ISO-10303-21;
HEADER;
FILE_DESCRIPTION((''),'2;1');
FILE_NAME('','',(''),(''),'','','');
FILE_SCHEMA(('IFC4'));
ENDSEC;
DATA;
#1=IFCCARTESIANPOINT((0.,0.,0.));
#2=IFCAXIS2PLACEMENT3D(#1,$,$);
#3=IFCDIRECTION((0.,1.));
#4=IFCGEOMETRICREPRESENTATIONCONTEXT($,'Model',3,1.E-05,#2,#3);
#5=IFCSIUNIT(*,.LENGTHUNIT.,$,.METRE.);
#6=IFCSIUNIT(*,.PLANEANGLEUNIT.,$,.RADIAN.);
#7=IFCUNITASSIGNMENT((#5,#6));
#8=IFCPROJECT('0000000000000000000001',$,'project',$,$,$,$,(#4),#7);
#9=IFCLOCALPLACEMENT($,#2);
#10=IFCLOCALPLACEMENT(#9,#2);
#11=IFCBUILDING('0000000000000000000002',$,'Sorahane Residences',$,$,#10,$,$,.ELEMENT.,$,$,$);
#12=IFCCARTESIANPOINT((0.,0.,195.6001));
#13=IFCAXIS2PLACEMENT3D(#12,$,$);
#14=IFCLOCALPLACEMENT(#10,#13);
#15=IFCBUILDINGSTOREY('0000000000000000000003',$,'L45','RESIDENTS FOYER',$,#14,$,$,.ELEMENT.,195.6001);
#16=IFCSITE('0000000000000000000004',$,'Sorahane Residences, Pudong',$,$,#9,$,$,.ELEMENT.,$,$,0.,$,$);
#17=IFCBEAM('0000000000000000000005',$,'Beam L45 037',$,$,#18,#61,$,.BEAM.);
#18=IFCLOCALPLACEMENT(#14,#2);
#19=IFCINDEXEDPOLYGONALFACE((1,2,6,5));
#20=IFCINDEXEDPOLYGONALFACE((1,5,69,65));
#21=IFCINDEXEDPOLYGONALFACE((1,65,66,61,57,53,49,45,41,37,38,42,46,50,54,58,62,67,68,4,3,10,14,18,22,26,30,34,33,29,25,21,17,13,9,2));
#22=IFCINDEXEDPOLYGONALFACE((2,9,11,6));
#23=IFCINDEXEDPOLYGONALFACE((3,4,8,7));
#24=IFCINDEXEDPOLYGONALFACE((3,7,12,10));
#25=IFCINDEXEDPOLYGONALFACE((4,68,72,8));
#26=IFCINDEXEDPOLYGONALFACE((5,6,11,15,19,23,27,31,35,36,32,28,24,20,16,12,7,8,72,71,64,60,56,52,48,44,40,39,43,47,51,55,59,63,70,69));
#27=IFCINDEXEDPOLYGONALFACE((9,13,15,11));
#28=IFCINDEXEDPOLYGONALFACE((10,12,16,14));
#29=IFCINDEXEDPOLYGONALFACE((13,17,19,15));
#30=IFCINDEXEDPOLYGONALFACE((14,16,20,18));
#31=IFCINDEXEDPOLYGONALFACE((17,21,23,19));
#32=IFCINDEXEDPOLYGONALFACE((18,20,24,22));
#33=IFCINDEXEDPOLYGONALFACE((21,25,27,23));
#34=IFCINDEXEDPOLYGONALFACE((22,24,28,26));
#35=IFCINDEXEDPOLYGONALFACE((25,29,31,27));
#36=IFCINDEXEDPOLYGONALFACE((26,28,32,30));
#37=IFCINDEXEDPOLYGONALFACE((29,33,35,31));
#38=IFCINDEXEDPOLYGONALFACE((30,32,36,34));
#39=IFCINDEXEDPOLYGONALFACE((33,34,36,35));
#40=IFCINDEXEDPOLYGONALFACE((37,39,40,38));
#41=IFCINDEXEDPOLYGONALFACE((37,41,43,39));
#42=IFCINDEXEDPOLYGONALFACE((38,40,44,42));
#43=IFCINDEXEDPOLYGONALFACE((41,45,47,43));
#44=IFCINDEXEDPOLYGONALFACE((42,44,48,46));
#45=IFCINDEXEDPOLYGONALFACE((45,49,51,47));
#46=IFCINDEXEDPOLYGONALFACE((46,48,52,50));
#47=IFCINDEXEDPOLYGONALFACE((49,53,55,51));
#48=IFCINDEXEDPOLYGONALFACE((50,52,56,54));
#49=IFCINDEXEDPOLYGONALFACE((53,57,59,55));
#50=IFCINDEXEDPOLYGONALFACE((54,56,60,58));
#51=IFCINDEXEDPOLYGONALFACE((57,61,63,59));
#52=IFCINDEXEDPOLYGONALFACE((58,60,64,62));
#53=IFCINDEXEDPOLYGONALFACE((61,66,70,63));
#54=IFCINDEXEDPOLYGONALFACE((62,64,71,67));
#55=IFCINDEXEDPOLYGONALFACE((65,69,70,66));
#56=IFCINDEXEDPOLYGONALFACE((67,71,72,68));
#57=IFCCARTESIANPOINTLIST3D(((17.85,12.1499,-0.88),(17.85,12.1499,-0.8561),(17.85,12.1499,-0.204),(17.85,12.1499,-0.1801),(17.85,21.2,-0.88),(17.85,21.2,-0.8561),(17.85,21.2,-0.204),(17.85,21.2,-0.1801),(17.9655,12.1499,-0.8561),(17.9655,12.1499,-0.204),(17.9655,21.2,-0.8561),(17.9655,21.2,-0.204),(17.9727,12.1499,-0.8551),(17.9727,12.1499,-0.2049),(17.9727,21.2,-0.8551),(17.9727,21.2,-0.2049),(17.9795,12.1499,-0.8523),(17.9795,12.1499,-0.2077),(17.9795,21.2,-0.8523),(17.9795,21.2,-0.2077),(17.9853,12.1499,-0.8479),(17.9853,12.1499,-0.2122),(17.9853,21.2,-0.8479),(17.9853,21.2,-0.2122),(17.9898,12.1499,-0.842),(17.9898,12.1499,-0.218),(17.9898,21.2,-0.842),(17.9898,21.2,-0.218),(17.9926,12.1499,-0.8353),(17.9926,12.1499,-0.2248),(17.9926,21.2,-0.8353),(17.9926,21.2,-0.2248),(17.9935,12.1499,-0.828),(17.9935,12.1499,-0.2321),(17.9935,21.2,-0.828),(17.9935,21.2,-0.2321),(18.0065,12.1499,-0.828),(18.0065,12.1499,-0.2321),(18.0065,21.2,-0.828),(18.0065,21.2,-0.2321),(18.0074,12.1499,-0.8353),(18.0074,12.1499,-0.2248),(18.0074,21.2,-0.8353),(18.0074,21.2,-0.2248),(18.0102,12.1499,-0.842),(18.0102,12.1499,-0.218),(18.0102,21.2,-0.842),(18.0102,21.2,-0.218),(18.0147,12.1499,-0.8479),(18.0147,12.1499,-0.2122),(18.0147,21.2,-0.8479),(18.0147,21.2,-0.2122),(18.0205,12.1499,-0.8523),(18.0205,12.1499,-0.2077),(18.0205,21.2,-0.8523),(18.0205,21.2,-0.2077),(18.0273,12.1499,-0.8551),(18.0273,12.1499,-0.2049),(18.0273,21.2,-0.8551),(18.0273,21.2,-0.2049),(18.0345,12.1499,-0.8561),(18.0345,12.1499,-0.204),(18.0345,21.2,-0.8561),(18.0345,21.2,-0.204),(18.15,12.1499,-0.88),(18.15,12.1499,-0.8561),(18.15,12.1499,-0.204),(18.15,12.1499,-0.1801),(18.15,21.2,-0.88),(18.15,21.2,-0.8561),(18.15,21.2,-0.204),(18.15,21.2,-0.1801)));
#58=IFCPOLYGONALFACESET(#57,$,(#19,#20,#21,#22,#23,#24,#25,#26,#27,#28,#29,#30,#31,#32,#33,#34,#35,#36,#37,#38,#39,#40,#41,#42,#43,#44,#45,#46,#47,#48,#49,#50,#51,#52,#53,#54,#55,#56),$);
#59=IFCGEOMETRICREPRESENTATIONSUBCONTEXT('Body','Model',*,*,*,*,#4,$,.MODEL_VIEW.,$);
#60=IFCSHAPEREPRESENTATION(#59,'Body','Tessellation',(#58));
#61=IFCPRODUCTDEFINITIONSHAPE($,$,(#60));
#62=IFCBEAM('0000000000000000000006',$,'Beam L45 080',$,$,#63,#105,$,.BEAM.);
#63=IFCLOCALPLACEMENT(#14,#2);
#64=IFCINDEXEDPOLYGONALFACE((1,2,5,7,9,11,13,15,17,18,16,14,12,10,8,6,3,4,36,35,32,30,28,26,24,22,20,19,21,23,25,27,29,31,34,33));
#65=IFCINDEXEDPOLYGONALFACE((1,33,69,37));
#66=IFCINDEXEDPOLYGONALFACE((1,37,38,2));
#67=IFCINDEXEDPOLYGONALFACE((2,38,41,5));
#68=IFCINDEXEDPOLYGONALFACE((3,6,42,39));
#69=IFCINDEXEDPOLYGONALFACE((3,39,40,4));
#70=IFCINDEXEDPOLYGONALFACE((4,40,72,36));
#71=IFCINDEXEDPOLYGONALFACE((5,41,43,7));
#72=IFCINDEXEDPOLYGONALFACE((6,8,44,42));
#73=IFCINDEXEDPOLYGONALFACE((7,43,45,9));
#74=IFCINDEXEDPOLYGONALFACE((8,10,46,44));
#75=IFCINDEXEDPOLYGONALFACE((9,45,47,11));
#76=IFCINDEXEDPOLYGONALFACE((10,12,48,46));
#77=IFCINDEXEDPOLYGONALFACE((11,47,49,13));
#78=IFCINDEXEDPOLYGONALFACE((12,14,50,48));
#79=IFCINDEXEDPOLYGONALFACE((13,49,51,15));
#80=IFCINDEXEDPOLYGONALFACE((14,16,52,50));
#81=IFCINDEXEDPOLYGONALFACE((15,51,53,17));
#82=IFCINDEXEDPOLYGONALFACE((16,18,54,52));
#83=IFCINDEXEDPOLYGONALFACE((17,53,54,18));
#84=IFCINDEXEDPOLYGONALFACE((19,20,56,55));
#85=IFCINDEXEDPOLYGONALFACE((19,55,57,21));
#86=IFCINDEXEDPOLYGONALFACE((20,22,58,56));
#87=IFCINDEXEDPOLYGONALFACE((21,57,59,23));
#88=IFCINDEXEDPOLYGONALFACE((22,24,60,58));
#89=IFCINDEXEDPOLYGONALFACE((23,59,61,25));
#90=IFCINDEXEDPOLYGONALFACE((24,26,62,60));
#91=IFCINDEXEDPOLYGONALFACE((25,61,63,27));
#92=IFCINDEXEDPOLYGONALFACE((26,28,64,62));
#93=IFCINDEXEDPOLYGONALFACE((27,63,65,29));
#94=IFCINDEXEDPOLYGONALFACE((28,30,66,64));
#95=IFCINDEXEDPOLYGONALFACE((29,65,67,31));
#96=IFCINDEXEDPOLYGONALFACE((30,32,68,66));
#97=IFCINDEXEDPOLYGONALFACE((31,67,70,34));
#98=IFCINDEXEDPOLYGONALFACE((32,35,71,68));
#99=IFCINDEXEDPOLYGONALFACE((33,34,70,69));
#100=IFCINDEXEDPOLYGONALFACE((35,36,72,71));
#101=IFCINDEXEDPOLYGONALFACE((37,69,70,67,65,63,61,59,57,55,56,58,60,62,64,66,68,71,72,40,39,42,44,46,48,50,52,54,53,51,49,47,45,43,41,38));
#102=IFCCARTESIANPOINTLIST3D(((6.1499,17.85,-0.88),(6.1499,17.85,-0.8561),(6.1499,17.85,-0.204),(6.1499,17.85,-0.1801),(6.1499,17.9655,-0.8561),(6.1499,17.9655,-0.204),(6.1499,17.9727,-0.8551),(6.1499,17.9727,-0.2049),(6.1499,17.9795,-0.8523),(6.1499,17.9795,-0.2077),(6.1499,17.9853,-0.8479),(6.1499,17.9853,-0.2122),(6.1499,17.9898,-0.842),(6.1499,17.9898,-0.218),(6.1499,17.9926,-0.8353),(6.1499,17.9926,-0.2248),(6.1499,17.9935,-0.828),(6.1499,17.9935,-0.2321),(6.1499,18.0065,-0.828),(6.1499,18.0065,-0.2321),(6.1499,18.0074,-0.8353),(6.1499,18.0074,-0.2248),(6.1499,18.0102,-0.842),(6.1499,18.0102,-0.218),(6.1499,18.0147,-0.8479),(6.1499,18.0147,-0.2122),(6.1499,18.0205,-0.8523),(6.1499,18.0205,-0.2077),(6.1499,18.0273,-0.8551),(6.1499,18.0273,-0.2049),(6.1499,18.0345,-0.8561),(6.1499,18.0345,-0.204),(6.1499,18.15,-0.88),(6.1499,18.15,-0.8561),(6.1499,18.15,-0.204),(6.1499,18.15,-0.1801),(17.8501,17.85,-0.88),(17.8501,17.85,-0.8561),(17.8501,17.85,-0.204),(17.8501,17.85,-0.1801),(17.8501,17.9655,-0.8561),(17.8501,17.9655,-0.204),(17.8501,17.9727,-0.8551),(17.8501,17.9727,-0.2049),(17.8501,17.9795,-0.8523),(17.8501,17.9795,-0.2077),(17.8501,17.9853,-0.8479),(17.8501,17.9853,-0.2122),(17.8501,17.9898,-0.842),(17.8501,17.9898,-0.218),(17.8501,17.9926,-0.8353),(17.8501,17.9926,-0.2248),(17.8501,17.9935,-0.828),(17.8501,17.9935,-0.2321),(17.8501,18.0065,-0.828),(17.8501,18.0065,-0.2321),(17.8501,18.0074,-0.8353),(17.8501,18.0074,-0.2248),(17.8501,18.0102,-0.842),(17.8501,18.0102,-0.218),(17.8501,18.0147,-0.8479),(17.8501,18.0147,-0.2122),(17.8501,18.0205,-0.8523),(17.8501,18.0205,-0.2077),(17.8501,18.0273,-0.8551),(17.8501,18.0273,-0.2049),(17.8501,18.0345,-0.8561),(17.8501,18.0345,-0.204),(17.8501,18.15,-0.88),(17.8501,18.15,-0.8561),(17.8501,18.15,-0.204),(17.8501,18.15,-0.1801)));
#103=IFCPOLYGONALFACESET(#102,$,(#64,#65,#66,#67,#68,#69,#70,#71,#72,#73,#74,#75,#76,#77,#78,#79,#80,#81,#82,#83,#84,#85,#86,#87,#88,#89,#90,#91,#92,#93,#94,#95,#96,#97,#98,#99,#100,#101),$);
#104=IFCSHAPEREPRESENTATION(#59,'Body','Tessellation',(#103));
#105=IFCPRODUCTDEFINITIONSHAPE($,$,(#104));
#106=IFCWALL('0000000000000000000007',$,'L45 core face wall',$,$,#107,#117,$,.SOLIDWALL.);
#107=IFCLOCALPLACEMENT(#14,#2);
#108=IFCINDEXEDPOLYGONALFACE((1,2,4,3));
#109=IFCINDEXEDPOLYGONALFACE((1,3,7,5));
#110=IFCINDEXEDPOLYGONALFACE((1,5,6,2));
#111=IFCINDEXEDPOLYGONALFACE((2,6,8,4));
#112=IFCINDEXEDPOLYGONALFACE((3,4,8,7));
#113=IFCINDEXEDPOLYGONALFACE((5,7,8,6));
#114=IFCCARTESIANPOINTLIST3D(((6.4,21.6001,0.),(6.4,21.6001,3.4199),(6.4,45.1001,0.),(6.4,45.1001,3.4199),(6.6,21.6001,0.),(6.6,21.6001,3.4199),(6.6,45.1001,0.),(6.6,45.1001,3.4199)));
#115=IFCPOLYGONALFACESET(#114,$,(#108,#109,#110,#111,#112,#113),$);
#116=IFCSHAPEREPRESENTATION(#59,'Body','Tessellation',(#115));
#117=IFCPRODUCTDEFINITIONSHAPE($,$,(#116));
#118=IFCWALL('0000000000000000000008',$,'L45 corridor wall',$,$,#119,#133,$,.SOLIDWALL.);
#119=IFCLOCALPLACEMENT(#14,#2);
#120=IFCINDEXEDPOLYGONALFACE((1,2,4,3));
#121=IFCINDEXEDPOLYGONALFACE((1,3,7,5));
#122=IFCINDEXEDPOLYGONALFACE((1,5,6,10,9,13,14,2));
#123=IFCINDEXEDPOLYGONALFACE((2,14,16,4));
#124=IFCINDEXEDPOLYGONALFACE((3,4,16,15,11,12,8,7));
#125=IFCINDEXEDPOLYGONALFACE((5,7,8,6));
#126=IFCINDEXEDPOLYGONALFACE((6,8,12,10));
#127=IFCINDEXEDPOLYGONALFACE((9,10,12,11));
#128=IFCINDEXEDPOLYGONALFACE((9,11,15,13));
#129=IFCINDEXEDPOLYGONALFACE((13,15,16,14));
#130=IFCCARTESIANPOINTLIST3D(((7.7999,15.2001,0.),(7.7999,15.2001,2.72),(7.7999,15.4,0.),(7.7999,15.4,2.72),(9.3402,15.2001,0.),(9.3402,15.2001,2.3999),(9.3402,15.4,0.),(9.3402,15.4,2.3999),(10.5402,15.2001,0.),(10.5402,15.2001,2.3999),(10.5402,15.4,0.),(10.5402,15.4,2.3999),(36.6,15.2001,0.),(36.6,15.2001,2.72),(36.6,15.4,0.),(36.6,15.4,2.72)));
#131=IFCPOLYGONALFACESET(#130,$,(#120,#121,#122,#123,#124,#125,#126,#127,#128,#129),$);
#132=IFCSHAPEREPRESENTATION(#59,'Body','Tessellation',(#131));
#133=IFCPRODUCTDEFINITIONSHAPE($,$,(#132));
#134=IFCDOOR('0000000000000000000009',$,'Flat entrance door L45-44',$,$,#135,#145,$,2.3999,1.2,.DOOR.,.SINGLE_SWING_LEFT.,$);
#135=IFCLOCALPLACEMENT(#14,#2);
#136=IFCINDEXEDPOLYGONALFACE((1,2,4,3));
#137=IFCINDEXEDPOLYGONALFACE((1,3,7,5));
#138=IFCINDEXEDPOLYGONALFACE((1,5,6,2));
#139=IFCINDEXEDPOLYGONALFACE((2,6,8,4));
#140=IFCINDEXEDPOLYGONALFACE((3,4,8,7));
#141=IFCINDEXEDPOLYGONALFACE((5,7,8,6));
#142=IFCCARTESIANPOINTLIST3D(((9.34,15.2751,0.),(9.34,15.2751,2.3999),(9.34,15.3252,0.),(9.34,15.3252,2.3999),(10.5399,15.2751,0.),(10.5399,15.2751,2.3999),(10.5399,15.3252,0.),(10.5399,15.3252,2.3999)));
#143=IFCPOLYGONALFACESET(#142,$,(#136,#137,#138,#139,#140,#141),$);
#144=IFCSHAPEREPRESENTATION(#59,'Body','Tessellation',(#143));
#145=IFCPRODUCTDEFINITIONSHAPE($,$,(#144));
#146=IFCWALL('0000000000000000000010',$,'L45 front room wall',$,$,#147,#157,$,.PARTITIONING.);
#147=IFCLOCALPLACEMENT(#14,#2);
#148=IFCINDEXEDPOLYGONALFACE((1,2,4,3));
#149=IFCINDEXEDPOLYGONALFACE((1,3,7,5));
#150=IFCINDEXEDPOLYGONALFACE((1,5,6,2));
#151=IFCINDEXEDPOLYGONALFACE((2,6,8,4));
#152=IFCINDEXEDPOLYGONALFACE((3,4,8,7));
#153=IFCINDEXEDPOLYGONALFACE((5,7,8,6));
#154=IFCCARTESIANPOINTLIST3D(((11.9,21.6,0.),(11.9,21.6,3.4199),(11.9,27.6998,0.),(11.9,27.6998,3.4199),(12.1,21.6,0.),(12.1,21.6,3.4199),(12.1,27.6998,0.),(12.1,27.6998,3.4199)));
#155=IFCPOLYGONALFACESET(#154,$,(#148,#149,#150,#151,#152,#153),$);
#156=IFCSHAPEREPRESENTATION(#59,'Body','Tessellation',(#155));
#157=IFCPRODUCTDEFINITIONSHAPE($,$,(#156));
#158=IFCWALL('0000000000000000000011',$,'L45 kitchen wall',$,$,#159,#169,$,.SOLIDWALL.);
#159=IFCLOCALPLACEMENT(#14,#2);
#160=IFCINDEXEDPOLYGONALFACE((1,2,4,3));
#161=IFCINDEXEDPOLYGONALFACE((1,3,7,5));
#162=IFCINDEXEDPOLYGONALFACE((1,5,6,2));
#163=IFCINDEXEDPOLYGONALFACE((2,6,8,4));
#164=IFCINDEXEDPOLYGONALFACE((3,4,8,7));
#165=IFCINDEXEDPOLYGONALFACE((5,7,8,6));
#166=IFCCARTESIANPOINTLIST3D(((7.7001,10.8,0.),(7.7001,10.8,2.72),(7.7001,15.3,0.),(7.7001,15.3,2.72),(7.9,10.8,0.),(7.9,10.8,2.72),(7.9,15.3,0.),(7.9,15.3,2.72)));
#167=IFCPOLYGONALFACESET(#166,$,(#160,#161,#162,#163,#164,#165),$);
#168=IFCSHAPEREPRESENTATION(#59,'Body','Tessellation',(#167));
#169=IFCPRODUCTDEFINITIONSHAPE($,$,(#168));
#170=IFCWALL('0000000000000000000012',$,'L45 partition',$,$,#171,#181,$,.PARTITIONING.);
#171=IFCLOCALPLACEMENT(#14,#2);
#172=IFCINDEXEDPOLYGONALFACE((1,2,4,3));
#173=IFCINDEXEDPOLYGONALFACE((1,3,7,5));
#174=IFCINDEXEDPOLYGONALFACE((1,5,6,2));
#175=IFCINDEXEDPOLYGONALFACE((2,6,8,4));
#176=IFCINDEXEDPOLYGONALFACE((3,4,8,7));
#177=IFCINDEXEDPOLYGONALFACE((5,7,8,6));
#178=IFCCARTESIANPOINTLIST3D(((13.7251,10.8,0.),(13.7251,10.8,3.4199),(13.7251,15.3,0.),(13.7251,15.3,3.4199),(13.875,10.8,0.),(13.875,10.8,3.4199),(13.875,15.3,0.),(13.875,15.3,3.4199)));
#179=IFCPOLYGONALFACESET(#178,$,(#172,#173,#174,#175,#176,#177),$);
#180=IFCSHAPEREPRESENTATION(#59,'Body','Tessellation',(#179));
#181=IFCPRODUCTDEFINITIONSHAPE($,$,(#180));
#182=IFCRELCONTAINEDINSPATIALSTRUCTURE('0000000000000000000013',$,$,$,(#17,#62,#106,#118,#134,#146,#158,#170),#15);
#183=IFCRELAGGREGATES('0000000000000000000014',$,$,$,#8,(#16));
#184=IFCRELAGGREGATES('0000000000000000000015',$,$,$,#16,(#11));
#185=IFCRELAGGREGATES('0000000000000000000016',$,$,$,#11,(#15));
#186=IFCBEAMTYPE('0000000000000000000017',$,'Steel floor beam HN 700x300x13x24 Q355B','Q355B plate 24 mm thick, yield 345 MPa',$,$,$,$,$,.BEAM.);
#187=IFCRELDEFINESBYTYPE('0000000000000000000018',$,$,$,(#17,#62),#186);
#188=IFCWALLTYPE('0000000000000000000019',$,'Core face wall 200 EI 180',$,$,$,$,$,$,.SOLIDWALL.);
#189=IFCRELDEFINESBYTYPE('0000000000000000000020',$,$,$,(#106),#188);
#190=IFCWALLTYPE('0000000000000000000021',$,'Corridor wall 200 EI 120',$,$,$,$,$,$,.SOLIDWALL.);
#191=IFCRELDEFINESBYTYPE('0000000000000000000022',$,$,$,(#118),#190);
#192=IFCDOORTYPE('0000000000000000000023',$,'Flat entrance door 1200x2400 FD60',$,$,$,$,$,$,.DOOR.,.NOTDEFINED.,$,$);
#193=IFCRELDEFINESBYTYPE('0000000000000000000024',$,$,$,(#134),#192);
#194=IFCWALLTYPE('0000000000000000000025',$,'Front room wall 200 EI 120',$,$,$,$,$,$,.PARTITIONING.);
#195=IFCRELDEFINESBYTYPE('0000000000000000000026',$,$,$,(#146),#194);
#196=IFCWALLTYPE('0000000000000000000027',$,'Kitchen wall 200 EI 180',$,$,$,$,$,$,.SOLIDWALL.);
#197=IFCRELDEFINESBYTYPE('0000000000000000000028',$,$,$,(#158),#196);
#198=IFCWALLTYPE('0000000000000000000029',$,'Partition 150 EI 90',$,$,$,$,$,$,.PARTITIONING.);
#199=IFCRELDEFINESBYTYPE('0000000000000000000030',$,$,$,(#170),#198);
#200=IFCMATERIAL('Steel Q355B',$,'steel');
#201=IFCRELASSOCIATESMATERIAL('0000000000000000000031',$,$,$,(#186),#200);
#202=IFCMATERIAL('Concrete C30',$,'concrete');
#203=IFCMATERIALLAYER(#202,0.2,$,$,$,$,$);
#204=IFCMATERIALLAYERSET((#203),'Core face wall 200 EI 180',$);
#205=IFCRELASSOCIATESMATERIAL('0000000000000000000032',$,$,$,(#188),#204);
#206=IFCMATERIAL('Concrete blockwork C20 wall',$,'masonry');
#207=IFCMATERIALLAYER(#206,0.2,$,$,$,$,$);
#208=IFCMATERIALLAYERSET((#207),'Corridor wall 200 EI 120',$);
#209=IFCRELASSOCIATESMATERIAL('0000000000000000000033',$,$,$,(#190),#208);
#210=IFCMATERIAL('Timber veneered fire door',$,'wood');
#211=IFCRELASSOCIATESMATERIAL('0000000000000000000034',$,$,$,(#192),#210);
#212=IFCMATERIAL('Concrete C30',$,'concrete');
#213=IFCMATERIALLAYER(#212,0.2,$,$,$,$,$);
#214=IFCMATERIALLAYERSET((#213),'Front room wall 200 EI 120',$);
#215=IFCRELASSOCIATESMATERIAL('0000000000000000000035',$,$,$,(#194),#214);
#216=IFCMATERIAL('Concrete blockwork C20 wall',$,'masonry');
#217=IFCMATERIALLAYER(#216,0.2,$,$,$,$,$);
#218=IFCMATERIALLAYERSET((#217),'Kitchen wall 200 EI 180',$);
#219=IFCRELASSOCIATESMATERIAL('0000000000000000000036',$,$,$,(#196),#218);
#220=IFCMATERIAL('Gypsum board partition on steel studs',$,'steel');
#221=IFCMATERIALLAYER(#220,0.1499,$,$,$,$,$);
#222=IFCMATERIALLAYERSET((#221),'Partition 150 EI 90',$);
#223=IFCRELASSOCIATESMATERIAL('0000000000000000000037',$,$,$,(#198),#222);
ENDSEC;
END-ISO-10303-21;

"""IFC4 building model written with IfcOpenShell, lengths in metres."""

from ifc_helpers import new_model, si_unit, direction, frame, frame_2d, origin, origin_2d, place, context, subcontext, project, spatial, rectangle, i_section, extrude, material, layer, layer_set, material_profile, profile_set, type_object, element, fill, save


model = new_model("IFC4")

# Units and contexts
model_context = context("Model", 3, precision=1e-05, world=origin(), true_north=direction((0.0, 1.0)))
body_context = subcontext(model_context, "Body", "Model", "MODEL_VIEW")
ifc_project = project(units=[si_unit("LENGTHUNIT", "METRE"), si_unit("PLANEANGLEUNIT", "RADIAN")], contexts=[model_context])

# Site, building, storey
site_placement = place(None, origin())
site = spatial("IfcSite", under=ifc_project, at=site_placement, Name="Sorahane Residences, Pudong", CompositionType="ELEMENT", RefElevation=0.0)
building_placement = place(site_placement, origin())
building = spatial("IfcBuilding", under=site, at=building_placement, Name="Sorahane Residences", CompositionType="ELEMENT")
storey_placement = place(building_placement, frame((0.0, 0.0, 195.6001)))
storey = spatial("IfcBuildingStorey", under=building, at=storey_placement, Name="L45", Description="RESIDENTS FOYER", CompositionType="ELEMENT", Elevation=195.6001)

# Beams
ifc_material_1 = material(Name="Steel Q355B", Category="steel")
ifc_material_profile_1 = material_profile(ifc_material_1, i_section(OverallWidth=0.3, OverallDepth=0.7, WebThickness=0.0129, FlangeThickness=0.0239, FilletRadius=0.0281, at=origin_2d()), Name="HN 700x300x13x24")
ifc_profile_set_1 = profile_set([ifc_material_profile_1], Name="Steel Q355B")
beam_type_1 = type_object("IfcBeamType", Name="Steel floor beam HN 700x300x13x24 Q355B", Description="Q355B plate 24 mm thick, yield 345 MPa", PredefinedType="BEAM", material=ifc_profile_set_1)
beam_1_placement = place(storey_placement, frame((18.0, 12.1499, -0.53), z_axis=(0.0, 1.0, 0.0), x_axis=(-1.0, 0.0, 0.0)))
element("IfcBeam", 1, at=beam_1_placement, inside=storey, type_object=beam_type_1, Name="Beam L45 037", PredefinedType="BEAM", context=body_context, shape_type="SweptSolid", body=[
    extrude(i_section(OverallWidth=0.3, OverallDepth=0.7, WebThickness=0.0129, FlangeThickness=0.0239, FilletRadius=0.0281, at=origin_2d()), origin(), (0.0, 0.0, 1.0), 9.05),
])
beam_2_placement = place(storey_placement, frame((6.1499, 18.0, -0.53), z_axis=(1.0, 0.0, 0.0), x_axis=(0.0, 1.0, 0.0)))
element("IfcBeam", 2, at=beam_2_placement, inside=storey, type_object=beam_type_1, Name="Beam L45 080", PredefinedType="BEAM", context=body_context, shape_type="SweptSolid", body=[
    extrude(i_section(OverallWidth=0.3, OverallDepth=0.7, WebThickness=0.0129, FlangeThickness=0.0239, FilletRadius=0.0281, at=origin_2d()), origin(), (0.0, 0.0, 1.0), 11.7002),
])

# Wall
ifc_material_2 = material(Name="Concrete C30", Category="concrete")
ifc_layer_1 = layer(ifc_material_2, 0.2)
ifc_layer_set_1 = layer_set([ifc_layer_1], Name="Core face wall 200 EI 180")
wall_type_1 = type_object("IfcWallType", Name="Core face wall 200 EI 180", PredefinedType="SOLIDWALL", material=ifc_layer_set_1)
wall_1_placement = place(storey_placement, frame((6.5, 21.6001, 0.0), z_axis=(0.0, 0.0, 1.0), x_axis=(0.0, 1.0, 0.0)))
element("IfcWall", 3, at=wall_1_placement, inside=storey, type_object=wall_type_1, Name="L45 core face wall", PredefinedType="SOLIDWALL", context=body_context, shape_type="SweptSolid", body=[
    extrude(rectangle(XDim=23.5, YDim=0.2, at=frame_2d((11.75, 0.0))), origin(), (0.0, 0.0, 1.0), 3.4199),
])

# Wall, opening, door
ifc_material_3 = material(Name="Concrete blockwork C20 wall", Category="masonry")
ifc_layer_2 = layer(ifc_material_3, 0.2)
ifc_layer_set_2 = layer_set([ifc_layer_2], Name="Corridor wall 200 EI 120")
wall_type_2 = type_object("IfcWallType", Name="Corridor wall 200 EI 120", PredefinedType="SOLIDWALL", material=ifc_layer_set_2)
wall_2_placement = place(storey_placement, frame((7.8, 15.3, 0.0), z_axis=(0.0, 0.0, 1.0), x_axis=(1.0, 0.0, 0.0)))
wall_2 = element("IfcWall", 4, at=wall_2_placement, inside=storey, type_object=wall_type_2, Name="L45 corridor wall", PredefinedType="SOLIDWALL", context=body_context, shape_type="SweptSolid", body=[
    extrude(rectangle(XDim=28.8, YDim=0.2, at=frame_2d((14.3999, 0.0))), origin(), (0.0, 0.0, 1.0), 2.72),
])
opening_1_placement = place(wall_2_placement, frame((1.54, 0.0, 0.0)))
opening_1 = element("IfcOpeningElement", 5, at=opening_1_placement, cuts=wall_2, PredefinedType="OPENING", context=body_context, shape_type="SweptSolid", body=[
    extrude(rectangle(XDim=1.2, YDim=2.3999, at=frame_2d((0.6001, 1.2))), frame((0.0, 0.1099, 0.0), z_axis=(0.0, -1.0, 0.0), x_axis=(1.0, 0.0, 0.0)), (0.0, 0.0, 1.0), 0.22),
])
ifc_material_4 = material(Name="Timber veneered fire door", Category="wood")
door_type_1 = type_object("IfcDoorType", Name="Flat entrance door 1200x2400 FD60", OperationType="NOTDEFINED", PredefinedType="DOOR", material=ifc_material_4)
door_1_placement = place(opening_1_placement, frame((1.2, 0.0, 0.0), z_axis=(0.0, 0.0, 1.0), x_axis=(-1.0, 0.0, 0.0)))
door_1 = element("IfcDoor", 6, at=door_1_placement, inside=storey, type_object=door_type_1, Name="Flat entrance door L45-44", OperationType="SINGLE_SWING_LEFT", OverallHeight=2.3999, OverallWidth=1.2, PredefinedType="DOOR", context=body_context, shape_type="SweptSolid", body=[
    extrude(rectangle(XDim=1.2, YDim=2.3999, at=frame_2d((0.6001, 1.2))), frame((0.0, 0.0249, 0.0), z_axis=(0.0, -1.0, 0.0), x_axis=(1.0, 0.0, 0.0)), (0.0, 0.0, 1.0), 0.05),
])
fill(opening_1, door_1)

# Walls
ifc_material_5 = material(Name="Concrete C30", Category="concrete")
ifc_layer_3 = layer(ifc_material_5, 0.2)
ifc_layer_set_3 = layer_set([ifc_layer_3], Name="Front room wall 200 EI 120")
wall_type_3 = type_object("IfcWallType", Name="Front room wall 200 EI 120", PredefinedType="PARTITIONING", material=ifc_layer_set_3)
wall_3_placement = place(storey_placement, frame((12.0, 21.6001, 0.0), z_axis=(0.0, 0.0, 1.0), x_axis=(0.0, 1.0, 0.0)))
element("IfcWall", 7, at=wall_3_placement, inside=storey, type_object=wall_type_3, Name="L45 front room wall", PredefinedType="PARTITIONING", context=body_context, shape_type="SweptSolid", body=[
    extrude(rectangle(XDim=6.0999, YDim=0.2, at=frame_2d((3.0498, 0.0))), origin(), (0.0, 0.0, 1.0), 3.4199),
])
ifc_material_6 = material(Name="Concrete blockwork C20 wall", Category="masonry")
ifc_layer_4 = layer(ifc_material_6, 0.2)
ifc_layer_set_4 = layer_set([ifc_layer_4], Name="Kitchen wall 200 EI 180")
wall_type_4 = type_object("IfcWallType", Name="Kitchen wall 200 EI 180", PredefinedType="SOLIDWALL", material=ifc_layer_set_4)
wall_4_placement = place(storey_placement, frame((7.8, 10.8, 0.0), z_axis=(0.0, 0.0, 1.0), x_axis=(0.0, 1.0, 0.0)))
element("IfcWall", 8, at=wall_4_placement, inside=storey, type_object=wall_type_4, Name="L45 kitchen wall", PredefinedType="SOLIDWALL", context=body_context, shape_type="SweptSolid", body=[
    extrude(rectangle(XDim=4.5, YDim=0.2, at=frame_2d((2.25, 0.0))), origin(), (0.0, 0.0, 1.0), 2.72),
])
ifc_material_7 = material(Name="Gypsum board partition on steel studs", Category="steel")
ifc_layer_5 = layer(ifc_material_7, 0.1499)
ifc_layer_set_5 = layer_set([ifc_layer_5], Name="Partition 150 EI 90")
wall_type_5 = type_object("IfcWallType", Name="Partition 150 EI 90", PredefinedType="PARTITIONING", material=ifc_layer_set_5)
wall_5_placement = place(storey_placement, frame((13.8, 10.8, 0.0), z_axis=(0.0, 0.0, 1.0), x_axis=(0.0, 1.0, 0.0)))
element("IfcWall", 9, at=wall_5_placement, inside=storey, type_object=wall_type_5, Name="L45 partition", PredefinedType="PARTITIONING", context=body_context, shape_type="SweptSolid", body=[
    extrude(rectangle(XDim=4.5, YDim=0.1499, at=frame_2d((2.25, 0.0))), origin(), (0.0, 0.0, 1.0), 3.4199),
])

save(model, "model.ifc")
